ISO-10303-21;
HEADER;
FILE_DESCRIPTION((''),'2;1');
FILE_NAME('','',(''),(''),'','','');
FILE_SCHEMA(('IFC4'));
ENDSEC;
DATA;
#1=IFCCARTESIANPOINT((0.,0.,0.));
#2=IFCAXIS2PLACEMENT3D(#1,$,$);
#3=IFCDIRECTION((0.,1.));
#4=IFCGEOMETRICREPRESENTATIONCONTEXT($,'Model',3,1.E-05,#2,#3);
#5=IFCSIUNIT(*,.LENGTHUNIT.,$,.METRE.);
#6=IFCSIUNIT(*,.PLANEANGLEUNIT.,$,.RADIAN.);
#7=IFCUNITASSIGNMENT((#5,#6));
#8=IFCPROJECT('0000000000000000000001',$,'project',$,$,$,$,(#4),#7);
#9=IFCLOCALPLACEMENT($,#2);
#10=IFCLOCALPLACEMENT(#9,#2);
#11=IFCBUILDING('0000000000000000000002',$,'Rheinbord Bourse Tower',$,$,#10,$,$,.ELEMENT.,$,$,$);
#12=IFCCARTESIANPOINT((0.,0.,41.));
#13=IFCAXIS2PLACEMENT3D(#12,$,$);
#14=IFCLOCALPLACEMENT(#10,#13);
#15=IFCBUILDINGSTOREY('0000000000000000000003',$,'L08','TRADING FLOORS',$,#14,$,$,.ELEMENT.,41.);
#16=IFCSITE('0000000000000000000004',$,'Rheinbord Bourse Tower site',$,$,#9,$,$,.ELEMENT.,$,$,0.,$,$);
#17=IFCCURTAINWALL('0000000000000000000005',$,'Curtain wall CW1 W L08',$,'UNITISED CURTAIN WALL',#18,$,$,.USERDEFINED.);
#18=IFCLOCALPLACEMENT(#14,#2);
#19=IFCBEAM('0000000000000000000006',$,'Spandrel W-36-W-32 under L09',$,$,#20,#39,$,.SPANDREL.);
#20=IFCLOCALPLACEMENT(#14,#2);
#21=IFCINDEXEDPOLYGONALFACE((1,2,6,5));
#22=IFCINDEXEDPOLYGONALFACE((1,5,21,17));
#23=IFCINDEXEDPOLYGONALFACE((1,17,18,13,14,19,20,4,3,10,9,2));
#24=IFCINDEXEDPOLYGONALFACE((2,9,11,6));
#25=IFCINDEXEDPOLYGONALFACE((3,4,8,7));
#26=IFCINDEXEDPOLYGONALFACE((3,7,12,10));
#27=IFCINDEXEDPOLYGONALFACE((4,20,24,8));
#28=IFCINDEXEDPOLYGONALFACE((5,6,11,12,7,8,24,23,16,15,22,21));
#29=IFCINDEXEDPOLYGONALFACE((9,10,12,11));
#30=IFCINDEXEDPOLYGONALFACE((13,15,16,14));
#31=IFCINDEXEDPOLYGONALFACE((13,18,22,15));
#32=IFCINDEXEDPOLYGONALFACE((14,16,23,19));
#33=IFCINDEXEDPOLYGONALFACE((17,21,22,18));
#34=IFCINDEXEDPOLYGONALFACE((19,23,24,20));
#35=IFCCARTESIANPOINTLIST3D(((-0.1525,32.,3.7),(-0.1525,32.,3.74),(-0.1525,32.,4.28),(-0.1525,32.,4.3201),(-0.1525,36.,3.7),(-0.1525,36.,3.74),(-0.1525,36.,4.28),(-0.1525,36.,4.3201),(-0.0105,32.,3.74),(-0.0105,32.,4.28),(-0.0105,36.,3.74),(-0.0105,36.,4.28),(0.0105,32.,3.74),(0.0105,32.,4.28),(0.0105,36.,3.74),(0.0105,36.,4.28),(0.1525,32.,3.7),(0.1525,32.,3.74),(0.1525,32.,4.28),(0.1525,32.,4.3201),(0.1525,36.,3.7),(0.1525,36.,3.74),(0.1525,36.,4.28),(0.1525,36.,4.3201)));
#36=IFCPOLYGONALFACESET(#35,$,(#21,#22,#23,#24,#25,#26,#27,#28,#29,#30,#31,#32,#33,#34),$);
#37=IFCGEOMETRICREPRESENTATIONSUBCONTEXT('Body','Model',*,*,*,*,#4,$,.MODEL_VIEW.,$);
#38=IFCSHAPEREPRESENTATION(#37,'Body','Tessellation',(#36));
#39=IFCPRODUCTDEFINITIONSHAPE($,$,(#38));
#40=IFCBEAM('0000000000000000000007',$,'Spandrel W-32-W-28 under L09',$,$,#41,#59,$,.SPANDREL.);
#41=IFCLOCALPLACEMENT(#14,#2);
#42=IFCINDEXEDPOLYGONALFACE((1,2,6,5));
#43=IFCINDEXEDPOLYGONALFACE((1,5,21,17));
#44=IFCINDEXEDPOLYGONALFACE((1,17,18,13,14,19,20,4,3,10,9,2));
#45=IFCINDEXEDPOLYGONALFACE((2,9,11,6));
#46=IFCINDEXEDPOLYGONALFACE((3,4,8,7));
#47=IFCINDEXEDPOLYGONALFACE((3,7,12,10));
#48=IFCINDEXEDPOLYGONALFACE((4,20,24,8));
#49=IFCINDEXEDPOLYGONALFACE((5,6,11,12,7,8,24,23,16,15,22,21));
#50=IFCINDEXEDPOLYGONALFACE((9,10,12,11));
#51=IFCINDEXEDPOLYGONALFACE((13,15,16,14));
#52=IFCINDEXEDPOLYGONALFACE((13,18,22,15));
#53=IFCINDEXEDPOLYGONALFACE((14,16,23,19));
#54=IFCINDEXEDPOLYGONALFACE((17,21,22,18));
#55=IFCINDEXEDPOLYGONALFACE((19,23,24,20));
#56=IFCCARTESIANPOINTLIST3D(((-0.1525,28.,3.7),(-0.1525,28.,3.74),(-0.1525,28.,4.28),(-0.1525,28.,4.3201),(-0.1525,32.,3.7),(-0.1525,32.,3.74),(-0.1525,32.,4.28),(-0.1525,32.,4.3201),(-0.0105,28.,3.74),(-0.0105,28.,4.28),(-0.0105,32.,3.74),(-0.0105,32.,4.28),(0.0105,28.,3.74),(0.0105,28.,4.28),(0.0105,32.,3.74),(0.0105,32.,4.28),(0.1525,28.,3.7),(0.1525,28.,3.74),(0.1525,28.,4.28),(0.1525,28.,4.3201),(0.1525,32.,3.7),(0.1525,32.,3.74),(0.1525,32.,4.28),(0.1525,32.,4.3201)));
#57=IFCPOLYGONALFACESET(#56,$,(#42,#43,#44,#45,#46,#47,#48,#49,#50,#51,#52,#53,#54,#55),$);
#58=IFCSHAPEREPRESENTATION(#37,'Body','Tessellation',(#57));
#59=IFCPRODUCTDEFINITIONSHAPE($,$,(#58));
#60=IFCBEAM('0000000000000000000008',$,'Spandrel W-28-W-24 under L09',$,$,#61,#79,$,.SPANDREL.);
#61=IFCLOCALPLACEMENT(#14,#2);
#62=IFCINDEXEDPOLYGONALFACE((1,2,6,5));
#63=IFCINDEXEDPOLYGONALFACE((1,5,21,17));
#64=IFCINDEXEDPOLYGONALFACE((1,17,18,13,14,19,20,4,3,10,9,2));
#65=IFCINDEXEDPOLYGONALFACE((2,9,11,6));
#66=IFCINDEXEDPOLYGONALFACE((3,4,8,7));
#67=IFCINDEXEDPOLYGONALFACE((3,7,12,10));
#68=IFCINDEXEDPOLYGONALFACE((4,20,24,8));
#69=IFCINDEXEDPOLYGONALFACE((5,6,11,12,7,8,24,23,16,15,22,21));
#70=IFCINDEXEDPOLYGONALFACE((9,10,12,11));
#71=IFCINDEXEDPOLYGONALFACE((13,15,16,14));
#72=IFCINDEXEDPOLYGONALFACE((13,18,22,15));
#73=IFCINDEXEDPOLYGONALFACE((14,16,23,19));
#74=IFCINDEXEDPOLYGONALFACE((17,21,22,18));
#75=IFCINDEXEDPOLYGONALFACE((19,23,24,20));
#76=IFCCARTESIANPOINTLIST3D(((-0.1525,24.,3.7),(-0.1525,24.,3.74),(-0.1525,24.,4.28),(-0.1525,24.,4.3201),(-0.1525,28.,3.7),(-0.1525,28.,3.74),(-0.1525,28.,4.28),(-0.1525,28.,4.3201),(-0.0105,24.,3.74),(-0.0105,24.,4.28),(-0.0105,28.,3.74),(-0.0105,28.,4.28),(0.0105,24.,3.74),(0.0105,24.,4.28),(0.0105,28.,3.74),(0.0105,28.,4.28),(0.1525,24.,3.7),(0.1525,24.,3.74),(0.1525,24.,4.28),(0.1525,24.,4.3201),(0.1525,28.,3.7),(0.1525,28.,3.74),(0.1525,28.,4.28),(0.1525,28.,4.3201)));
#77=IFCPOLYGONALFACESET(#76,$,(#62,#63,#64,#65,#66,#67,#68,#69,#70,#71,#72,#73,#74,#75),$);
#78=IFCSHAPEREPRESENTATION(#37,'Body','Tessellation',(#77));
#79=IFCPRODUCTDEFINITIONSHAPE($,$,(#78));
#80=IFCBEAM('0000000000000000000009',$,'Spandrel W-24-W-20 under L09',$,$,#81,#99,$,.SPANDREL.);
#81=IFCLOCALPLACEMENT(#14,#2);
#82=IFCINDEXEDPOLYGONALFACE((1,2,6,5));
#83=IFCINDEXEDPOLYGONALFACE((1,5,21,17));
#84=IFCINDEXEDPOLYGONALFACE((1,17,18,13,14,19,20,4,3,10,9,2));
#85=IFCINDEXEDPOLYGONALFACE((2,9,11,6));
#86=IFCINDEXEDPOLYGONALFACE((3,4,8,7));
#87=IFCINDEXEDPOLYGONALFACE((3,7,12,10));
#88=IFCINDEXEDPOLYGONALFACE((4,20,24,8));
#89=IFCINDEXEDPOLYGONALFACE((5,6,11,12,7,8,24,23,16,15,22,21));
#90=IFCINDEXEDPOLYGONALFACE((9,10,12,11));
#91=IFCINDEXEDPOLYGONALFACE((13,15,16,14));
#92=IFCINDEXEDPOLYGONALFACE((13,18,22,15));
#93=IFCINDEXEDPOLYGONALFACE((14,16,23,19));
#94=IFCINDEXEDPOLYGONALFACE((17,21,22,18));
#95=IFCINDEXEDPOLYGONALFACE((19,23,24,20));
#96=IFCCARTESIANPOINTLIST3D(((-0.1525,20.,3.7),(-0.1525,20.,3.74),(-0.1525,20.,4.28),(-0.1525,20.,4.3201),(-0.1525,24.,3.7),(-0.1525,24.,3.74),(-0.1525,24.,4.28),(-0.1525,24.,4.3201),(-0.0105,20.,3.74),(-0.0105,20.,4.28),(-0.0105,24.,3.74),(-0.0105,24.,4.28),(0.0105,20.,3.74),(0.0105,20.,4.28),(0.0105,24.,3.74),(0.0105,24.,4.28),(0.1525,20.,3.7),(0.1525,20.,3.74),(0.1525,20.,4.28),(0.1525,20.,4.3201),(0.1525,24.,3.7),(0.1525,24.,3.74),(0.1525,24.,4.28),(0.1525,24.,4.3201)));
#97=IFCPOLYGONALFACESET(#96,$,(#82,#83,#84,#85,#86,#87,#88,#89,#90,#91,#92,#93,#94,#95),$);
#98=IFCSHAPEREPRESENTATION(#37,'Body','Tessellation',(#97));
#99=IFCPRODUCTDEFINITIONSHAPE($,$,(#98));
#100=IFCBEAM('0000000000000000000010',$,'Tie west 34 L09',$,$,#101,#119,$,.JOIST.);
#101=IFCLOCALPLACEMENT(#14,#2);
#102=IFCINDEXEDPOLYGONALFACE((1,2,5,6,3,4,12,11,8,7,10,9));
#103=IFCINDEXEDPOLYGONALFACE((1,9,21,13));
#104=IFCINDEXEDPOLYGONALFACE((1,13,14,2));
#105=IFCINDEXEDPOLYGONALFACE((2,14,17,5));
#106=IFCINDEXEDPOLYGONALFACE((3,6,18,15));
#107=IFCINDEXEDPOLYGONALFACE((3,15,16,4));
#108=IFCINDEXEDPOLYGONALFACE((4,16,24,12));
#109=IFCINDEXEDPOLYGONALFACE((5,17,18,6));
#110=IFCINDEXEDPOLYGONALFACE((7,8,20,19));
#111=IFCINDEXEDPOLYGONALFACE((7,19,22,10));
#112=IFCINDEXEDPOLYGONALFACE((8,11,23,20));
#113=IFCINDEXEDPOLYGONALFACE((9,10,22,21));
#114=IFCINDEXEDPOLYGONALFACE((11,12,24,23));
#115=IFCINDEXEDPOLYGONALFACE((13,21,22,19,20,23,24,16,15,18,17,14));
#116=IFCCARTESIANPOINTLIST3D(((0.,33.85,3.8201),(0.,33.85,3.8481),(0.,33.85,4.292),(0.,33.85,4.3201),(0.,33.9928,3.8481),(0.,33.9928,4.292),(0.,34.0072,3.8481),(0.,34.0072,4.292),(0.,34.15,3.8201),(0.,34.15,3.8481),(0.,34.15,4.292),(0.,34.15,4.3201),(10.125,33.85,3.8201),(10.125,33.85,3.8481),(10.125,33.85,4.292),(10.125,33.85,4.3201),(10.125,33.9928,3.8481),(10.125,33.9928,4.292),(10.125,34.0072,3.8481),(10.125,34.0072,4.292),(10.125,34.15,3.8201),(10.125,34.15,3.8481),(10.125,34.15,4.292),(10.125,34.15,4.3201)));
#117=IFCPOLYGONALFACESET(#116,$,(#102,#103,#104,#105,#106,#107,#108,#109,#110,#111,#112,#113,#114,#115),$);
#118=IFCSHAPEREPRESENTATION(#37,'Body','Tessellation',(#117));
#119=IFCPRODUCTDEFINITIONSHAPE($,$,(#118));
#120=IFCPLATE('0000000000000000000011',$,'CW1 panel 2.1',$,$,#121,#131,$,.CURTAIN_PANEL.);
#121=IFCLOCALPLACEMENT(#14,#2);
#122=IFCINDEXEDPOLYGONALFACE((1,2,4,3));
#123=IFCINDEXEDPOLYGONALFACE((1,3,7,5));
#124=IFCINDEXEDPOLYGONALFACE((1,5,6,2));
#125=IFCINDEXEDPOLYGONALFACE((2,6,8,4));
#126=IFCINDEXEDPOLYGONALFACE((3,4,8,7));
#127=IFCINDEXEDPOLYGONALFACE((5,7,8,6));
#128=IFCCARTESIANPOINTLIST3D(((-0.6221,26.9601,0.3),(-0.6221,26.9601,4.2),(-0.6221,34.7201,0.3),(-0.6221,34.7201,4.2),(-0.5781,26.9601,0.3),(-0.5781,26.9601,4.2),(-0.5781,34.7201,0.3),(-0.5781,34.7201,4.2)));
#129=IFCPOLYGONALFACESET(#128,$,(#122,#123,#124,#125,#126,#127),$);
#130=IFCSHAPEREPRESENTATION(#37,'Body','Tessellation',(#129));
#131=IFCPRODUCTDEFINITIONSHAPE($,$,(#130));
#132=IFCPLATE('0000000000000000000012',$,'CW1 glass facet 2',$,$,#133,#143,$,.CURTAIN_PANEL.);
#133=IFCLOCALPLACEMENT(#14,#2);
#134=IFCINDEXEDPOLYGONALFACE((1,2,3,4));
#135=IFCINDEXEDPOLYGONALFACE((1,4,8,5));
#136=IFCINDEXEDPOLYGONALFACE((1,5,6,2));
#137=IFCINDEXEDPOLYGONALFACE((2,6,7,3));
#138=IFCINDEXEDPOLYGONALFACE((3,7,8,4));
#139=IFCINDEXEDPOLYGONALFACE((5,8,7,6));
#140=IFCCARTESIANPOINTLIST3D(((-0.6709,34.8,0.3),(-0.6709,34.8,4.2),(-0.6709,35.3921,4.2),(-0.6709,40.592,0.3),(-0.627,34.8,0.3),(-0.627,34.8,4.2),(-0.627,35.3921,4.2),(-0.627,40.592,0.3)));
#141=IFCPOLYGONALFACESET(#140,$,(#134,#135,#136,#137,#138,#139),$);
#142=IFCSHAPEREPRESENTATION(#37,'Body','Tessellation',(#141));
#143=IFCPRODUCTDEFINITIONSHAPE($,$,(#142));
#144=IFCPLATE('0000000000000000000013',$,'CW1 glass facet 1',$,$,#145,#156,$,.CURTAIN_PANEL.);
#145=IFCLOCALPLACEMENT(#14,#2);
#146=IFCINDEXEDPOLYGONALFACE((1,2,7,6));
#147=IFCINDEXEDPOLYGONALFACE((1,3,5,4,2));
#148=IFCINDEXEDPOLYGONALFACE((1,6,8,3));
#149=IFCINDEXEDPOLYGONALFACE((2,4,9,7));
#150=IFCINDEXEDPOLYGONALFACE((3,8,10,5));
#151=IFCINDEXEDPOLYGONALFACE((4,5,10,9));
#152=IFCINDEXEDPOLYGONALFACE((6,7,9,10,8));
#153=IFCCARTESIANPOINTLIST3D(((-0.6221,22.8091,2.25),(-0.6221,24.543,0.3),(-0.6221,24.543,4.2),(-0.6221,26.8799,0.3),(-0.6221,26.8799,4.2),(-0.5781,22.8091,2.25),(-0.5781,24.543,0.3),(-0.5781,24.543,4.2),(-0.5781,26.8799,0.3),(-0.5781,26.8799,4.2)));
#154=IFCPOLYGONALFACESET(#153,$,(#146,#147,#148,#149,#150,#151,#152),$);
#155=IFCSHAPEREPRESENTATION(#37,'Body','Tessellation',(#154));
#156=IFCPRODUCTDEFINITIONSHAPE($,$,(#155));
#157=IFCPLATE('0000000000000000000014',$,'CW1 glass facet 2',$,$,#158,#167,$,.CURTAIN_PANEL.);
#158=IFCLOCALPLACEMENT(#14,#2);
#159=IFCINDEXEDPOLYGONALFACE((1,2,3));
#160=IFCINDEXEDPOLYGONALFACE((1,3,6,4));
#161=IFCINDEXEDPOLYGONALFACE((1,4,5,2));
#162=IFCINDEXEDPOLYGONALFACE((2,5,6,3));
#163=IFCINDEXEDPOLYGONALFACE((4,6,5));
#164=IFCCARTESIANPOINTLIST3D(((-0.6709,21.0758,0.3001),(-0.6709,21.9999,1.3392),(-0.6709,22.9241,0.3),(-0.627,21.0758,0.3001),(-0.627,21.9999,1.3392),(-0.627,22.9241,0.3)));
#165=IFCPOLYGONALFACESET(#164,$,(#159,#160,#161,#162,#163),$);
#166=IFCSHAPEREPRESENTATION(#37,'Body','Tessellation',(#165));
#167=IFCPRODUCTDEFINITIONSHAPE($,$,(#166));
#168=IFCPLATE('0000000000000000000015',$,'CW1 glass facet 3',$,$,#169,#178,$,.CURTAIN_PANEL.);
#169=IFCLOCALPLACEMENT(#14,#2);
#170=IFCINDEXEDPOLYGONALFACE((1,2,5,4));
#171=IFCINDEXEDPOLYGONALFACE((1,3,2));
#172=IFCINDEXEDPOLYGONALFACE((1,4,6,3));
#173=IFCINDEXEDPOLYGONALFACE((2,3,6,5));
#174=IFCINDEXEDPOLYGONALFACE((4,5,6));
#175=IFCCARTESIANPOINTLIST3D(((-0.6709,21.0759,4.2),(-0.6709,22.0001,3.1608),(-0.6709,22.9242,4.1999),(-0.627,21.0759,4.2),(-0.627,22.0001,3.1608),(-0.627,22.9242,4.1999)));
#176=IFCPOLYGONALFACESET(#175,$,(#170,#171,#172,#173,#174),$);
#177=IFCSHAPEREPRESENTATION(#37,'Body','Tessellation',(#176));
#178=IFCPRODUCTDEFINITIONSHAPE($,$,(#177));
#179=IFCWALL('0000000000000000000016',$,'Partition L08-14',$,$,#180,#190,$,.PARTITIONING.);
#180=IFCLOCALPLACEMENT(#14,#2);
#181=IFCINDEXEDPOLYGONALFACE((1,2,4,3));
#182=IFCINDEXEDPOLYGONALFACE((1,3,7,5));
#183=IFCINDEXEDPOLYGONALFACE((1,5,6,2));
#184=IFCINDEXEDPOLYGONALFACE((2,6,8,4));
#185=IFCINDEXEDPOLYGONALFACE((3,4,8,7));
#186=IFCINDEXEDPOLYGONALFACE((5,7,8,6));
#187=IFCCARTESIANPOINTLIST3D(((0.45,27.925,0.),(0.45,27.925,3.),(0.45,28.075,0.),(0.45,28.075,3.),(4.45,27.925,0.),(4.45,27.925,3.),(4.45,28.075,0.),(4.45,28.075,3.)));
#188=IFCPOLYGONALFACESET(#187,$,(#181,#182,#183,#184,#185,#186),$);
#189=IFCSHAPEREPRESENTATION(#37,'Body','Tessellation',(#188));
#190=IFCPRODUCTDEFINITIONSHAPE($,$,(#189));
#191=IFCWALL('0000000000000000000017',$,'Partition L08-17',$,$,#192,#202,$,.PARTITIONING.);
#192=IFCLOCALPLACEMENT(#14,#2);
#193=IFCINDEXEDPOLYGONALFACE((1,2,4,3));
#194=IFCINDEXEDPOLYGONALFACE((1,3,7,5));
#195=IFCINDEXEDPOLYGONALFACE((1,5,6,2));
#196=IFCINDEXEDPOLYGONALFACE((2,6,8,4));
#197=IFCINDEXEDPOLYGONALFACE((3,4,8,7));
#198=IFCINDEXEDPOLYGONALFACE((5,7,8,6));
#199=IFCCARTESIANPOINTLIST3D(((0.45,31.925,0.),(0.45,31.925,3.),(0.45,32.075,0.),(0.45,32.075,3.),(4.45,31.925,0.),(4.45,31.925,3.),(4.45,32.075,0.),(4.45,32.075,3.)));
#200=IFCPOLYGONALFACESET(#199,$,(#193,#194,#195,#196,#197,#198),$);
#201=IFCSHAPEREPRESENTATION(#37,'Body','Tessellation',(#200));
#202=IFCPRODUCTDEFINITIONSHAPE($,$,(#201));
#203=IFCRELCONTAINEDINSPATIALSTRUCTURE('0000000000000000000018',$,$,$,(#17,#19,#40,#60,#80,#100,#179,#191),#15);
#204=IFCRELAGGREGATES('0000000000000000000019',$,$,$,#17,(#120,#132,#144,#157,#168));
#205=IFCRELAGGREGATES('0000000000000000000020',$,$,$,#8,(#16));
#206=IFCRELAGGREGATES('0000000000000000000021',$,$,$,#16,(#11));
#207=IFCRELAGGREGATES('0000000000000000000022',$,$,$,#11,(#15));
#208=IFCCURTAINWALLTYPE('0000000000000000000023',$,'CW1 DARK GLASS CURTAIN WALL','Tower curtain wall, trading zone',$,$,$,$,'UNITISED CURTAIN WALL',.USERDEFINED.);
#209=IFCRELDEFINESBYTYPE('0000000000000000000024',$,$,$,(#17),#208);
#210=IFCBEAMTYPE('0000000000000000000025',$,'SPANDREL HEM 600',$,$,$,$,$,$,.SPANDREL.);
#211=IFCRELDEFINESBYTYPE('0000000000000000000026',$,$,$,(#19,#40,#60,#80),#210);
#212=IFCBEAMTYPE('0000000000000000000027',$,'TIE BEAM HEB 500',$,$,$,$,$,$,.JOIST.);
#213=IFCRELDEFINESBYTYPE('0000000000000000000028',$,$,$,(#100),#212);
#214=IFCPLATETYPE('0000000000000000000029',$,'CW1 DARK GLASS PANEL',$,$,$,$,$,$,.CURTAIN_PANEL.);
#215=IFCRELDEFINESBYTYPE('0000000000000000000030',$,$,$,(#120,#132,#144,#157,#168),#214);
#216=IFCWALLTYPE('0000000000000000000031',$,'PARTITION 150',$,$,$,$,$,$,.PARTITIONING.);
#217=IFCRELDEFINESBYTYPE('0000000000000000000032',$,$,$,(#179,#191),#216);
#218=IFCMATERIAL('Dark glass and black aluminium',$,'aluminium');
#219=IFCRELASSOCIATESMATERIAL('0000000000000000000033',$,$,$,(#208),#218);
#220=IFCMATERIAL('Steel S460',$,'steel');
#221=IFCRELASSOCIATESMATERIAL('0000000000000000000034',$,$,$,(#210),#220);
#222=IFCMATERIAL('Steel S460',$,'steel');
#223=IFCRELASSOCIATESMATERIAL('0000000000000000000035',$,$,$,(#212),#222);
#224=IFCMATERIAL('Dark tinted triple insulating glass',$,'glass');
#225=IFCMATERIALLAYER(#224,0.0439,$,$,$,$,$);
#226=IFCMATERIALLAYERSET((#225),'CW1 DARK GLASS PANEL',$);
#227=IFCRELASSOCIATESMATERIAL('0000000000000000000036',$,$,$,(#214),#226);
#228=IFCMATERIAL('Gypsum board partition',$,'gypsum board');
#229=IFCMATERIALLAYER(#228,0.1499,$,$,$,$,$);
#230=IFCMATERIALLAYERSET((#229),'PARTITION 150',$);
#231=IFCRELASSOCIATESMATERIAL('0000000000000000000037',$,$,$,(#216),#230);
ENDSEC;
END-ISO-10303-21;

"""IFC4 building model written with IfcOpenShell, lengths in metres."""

from ifc_helpers import new_model, si_unit, direction, frame, frame_2d, origin, origin_2d, place, context, subcontext, project, spatial, polyline, rectangle, i_section, outline, extrude, material, layer, layer_set, material_profile, profile_set, type_object, element, aggregate, save


model = new_model("IFC4")

# Units and contexts
model_context = context("Model", 3, precision=1e-05, world=origin(), true_north=direction((0.0, 1.0)))
body_context = subcontext(model_context, "Body", "Model", "MODEL_VIEW")
ifc_project = project(units=[si_unit("LENGTHUNIT", "METRE"), si_unit("PLANEANGLEUNIT", "RADIAN")], contexts=[model_context])

# Site, building, storey
site_placement = place(None, origin())
site = spatial("IfcSite", under=ifc_project, at=site_placement, Name="Rheinbord Bourse Tower site", CompositionType="ELEMENT", RefElevation=0.0)
building_placement = place(site_placement, origin())
building = spatial("IfcBuilding", under=site, at=building_placement, Name="Rheinbord Bourse Tower", CompositionType="ELEMENT")
storey_placement = place(building_placement, frame((0.0, 0.0, 41.0)))
storey = spatial("IfcBuildingStorey", under=building, at=storey_placement, Name="L08", Description="TRADING FLOORS", CompositionType="ELEMENT", Elevation=41.0)

# Curtain wall
ifc_material_1 = material(Name="Dark glass and black aluminium", Category="aluminium")
curtain_wall_type = type_object("IfcCurtainWallType", Name="CW1 DARK GLASS CURTAIN WALL", Description="Tower curtain wall, trading zone", ElementType="UNITISED CURTAIN WALL", PredefinedType="USERDEFINED", material=ifc_material_1)
curtain_wall_placement = place(storey_placement, origin())
curtain_wall = element("IfcCurtainWall", 1, at=curtain_wall_placement, inside=storey, type_object=curtain_wall_type, Name="Curtain wall CW1 W L08", ObjectType="UNITISED CURTAIN WALL", PredefinedType="USERDEFINED")

# Beams
ifc_material_2 = material(Name="Steel S460", Category="steel")
ifc_material_profile_1 = material_profile(ifc_material_2, i_section(OverallWidth=0.3049, OverallDepth=0.6201, WebThickness=0.021, FlangeThickness=0.04, at=origin_2d()), Name="HEM 600")
ifc_profile_set_1 = profile_set([ifc_material_profile_1], Name="Steel S460")
beam_type_1 = type_object("IfcBeamType", Name="SPANDREL HEM 600", PredefinedType="SPANDREL", material=ifc_profile_set_1)
for number, where, z_axis, x_axis, name in (
    (2, (0.0, 36.0, 4.01), (0.0, -1.0, 0.0), (1.0, 0.0, 0.0), "Spandrel W-36-W-32 under L09"),
    (3, (0.0, 32.0, 4.01), (0.0, -1.0, 0.0), (1.0, 0.0, 0.0), "Spandrel W-32-W-28 under L09"),
    (4, (0.0, 28.0, 4.01), (0.0, -1.0, 0.0), (1.0, 0.0, 0.0), "Spandrel W-28-W-24 under L09"),
    (5, (0.0, 24.0, 4.01), (0.0, -1.0, 0.0), (1.0, 0.0, 0.0), "Spandrel W-24-W-20 under L09"),
):
    element("IfcBeam", number, at=place(storey_placement, frame(where, z_axis=z_axis, x_axis=x_axis)), inside=storey, type_object=beam_type_1, Name=name, PredefinedType="SPANDREL", context=body_context, shape_type="SweptSolid", body=[
        extrude(i_section(OverallWidth=0.3049, OverallDepth=0.6201, WebThickness=0.021, FlangeThickness=0.04, at=origin_2d()), origin(), (0.0, 0.0, 1.0), 4.0),
    ])
ifc_material_3 = material(Name="Steel S460", Category="steel")
ifc_material_profile_2 = material_profile(ifc_material_3, i_section(OverallWidth=0.3, OverallDepth=0.5, WebThickness=0.0144, FlangeThickness=0.0281, at=origin_2d()), Name="HEB 500")
ifc_profile_set_2 = profile_set([ifc_material_profile_2], Name="Steel S460")
beam_type_2 = type_object("IfcBeamType", Name="TIE BEAM HEB 500", PredefinedType="JOIST", material=ifc_profile_set_2)
beam_1_placement = place(storey_placement, frame((0.0, 34.0, 4.0701), z_axis=(1.0, 0.0, 0.0), x_axis=(0.0, 1.0, 0.0)))
element("IfcBeam", 6, at=beam_1_placement, inside=storey, type_object=beam_type_2, Name="Tie west 34 L09", PredefinedType="JOIST", context=body_context, shape_type="SweptSolid", body=[
    extrude(i_section(OverallWidth=0.3, OverallDepth=0.5, WebThickness=0.0144, FlangeThickness=0.0281, at=origin_2d()), origin(), (0.0, 0.0, 1.0), 10.125),
])

# Plates
ifc_material_4 = material(Name="Dark tinted triple insulating glass", Category="glass")
ifc_layer_1 = layer(ifc_material_4, 0.0439)
ifc_layer_set_1 = layer_set([ifc_layer_1], Name="CW1 DARK GLASS PANEL")
plate_type = type_object("IfcPlateType", Name="CW1 DARK GLASS PANEL", PredefinedType="CURTAIN_PANEL", material=ifc_layer_set_1)
plate_1_placement = place(storey_placement, frame((-0.6001, 30.8401, 0.3), z_axis=(0.0, 0.0, 1.0), x_axis=(0.0, -1.0, 0.0)))
plate_1 = element("IfcPlate", 7, at=plate_1_placement, type_object=plate_type, Name="CW1 panel 2.1", PredefinedType="CURTAIN_PANEL", context=body_context, shape_type="SweptSolid", body=[
    extrude(rectangle(XDim=7.76, YDim=0.0439, at=origin_2d()), origin(), (0.0, 0.0, 1.0), 3.8999),
])
plate_2_placement = place(storey_placement, frame((-0.6709, 34.8, 4.2), z_axis=(1.0, 0.0, 0.0), x_axis=(0.0, 0.0, -1.0)))
plate_2 = element("IfcPlate", 8, at=plate_2_placement, type_object=plate_type, Name="CW1 glass facet 2", PredefinedType="CURTAIN_PANEL", context=body_context, shape_type="SweptSolid", body=[
    extrude(outline(polyline([(0.0, 0.0), (3.8999, 0.0), (3.8999, 5.792), (0.0, 0.592), (0.0, 0.0)])), origin(), (0.0, 0.0, 1.0), 0.0439),
])
plate_3_placement = place(storey_placement, frame((-0.6221, 26.8799, 0.3), z_axis=(1.0, 0.0, 0.0), x_axis=(0.0, 0.0, 1.0)))
plate_3 = element("IfcPlate", 9, at=plate_3_placement, type_object=plate_type, Name="CW1 glass facet 1", PredefinedType="CURTAIN_PANEL", context=body_context, shape_type="SweptSolid", body=[
    extrude(outline(polyline([(0.0, 0.0), (3.8999, 0.0), (3.8999, 2.3369), (1.95, 4.0708), (0.0, 2.3369), (0.0, 0.0)])), origin(), (0.0, 0.0, 1.0), 0.0439),
])
plate_4_placement = place(storey_placement, frame((-0.6709, 22.9241, 0.3), z_axis=(1.0, 0.0, 0.0), x_axis=(0.0, -0.664549, 0.747245)))
plate_4 = element("IfcPlate", 10, at=plate_4_placement, type_object=plate_type, Name="CW1 glass facet 2", PredefinedType="CURTAIN_PANEL", context=body_context, shape_type="SweptSolid", body=[
    extrude(outline(polyline([(0.0, 0.0), (1.3906, 0.0), (1.2283, 1.3811), (0.0, 0.0)])), origin(), (0.0, 0.0, 1.0), 0.0439),
])
plate_5_placement = place(storey_placement, frame((-0.6709, 21.0759, 4.2), z_axis=(1.0, 0.0, 0.0), x_axis=(0.0, 0.664549, -0.747245)))
plate_5 = element("IfcPlate", 11, at=plate_5_placement, type_object=plate_type, Name="CW1 glass facet 3", PredefinedType="CURTAIN_PANEL", context=body_context, shape_type="SweptSolid", body=[
    extrude(outline(polyline([(0.0, 0.0), (1.3906, 0.0), (1.2283, 1.3811), (0.0, 0.0)])), origin(), (0.0, 0.0, 1.0), 0.0439),
])
aggregate(curtain_wall, [plate_1, plate_2, plate_3, plate_4, plate_5])

# Walls
ifc_material_5 = material(Name="Gypsum board partition", Category="gypsum board")
ifc_layer_2 = layer(ifc_material_5, 0.1499)
ifc_layer_set_2 = layer_set([ifc_layer_2], Name="PARTITION 150")
wall_type = type_object("IfcWallType", Name="PARTITION 150", PredefinedType="PARTITIONING", material=ifc_layer_set_2)
for number, where, z_axis, x_axis, name in (
    (12, (0.45, 28.0, 0.0), (0.0, 0.0, 1.0), (1.0, 0.0, 0.0), "Partition L08-14"),
    (13, (0.45, 32.0, 0.0), (0.0, 0.0, 1.0), (1.0, 0.0, 0.0), "Partition L08-17"),
):
    element("IfcWall", number, at=place(storey_placement, frame(where, z_axis=z_axis, x_axis=x_axis)), inside=storey, type_object=wall_type, Name=name, PredefinedType="PARTITIONING", context=body_context, shape_type="SweptSolid", body=[
        extrude(rectangle(XDim=4.0, YDim=0.1499, at=frame_2d((2.0, 0.0))), origin(), (0.0, 0.0, 1.0), 3.0),
    ])

save(model, "model.ifc")
